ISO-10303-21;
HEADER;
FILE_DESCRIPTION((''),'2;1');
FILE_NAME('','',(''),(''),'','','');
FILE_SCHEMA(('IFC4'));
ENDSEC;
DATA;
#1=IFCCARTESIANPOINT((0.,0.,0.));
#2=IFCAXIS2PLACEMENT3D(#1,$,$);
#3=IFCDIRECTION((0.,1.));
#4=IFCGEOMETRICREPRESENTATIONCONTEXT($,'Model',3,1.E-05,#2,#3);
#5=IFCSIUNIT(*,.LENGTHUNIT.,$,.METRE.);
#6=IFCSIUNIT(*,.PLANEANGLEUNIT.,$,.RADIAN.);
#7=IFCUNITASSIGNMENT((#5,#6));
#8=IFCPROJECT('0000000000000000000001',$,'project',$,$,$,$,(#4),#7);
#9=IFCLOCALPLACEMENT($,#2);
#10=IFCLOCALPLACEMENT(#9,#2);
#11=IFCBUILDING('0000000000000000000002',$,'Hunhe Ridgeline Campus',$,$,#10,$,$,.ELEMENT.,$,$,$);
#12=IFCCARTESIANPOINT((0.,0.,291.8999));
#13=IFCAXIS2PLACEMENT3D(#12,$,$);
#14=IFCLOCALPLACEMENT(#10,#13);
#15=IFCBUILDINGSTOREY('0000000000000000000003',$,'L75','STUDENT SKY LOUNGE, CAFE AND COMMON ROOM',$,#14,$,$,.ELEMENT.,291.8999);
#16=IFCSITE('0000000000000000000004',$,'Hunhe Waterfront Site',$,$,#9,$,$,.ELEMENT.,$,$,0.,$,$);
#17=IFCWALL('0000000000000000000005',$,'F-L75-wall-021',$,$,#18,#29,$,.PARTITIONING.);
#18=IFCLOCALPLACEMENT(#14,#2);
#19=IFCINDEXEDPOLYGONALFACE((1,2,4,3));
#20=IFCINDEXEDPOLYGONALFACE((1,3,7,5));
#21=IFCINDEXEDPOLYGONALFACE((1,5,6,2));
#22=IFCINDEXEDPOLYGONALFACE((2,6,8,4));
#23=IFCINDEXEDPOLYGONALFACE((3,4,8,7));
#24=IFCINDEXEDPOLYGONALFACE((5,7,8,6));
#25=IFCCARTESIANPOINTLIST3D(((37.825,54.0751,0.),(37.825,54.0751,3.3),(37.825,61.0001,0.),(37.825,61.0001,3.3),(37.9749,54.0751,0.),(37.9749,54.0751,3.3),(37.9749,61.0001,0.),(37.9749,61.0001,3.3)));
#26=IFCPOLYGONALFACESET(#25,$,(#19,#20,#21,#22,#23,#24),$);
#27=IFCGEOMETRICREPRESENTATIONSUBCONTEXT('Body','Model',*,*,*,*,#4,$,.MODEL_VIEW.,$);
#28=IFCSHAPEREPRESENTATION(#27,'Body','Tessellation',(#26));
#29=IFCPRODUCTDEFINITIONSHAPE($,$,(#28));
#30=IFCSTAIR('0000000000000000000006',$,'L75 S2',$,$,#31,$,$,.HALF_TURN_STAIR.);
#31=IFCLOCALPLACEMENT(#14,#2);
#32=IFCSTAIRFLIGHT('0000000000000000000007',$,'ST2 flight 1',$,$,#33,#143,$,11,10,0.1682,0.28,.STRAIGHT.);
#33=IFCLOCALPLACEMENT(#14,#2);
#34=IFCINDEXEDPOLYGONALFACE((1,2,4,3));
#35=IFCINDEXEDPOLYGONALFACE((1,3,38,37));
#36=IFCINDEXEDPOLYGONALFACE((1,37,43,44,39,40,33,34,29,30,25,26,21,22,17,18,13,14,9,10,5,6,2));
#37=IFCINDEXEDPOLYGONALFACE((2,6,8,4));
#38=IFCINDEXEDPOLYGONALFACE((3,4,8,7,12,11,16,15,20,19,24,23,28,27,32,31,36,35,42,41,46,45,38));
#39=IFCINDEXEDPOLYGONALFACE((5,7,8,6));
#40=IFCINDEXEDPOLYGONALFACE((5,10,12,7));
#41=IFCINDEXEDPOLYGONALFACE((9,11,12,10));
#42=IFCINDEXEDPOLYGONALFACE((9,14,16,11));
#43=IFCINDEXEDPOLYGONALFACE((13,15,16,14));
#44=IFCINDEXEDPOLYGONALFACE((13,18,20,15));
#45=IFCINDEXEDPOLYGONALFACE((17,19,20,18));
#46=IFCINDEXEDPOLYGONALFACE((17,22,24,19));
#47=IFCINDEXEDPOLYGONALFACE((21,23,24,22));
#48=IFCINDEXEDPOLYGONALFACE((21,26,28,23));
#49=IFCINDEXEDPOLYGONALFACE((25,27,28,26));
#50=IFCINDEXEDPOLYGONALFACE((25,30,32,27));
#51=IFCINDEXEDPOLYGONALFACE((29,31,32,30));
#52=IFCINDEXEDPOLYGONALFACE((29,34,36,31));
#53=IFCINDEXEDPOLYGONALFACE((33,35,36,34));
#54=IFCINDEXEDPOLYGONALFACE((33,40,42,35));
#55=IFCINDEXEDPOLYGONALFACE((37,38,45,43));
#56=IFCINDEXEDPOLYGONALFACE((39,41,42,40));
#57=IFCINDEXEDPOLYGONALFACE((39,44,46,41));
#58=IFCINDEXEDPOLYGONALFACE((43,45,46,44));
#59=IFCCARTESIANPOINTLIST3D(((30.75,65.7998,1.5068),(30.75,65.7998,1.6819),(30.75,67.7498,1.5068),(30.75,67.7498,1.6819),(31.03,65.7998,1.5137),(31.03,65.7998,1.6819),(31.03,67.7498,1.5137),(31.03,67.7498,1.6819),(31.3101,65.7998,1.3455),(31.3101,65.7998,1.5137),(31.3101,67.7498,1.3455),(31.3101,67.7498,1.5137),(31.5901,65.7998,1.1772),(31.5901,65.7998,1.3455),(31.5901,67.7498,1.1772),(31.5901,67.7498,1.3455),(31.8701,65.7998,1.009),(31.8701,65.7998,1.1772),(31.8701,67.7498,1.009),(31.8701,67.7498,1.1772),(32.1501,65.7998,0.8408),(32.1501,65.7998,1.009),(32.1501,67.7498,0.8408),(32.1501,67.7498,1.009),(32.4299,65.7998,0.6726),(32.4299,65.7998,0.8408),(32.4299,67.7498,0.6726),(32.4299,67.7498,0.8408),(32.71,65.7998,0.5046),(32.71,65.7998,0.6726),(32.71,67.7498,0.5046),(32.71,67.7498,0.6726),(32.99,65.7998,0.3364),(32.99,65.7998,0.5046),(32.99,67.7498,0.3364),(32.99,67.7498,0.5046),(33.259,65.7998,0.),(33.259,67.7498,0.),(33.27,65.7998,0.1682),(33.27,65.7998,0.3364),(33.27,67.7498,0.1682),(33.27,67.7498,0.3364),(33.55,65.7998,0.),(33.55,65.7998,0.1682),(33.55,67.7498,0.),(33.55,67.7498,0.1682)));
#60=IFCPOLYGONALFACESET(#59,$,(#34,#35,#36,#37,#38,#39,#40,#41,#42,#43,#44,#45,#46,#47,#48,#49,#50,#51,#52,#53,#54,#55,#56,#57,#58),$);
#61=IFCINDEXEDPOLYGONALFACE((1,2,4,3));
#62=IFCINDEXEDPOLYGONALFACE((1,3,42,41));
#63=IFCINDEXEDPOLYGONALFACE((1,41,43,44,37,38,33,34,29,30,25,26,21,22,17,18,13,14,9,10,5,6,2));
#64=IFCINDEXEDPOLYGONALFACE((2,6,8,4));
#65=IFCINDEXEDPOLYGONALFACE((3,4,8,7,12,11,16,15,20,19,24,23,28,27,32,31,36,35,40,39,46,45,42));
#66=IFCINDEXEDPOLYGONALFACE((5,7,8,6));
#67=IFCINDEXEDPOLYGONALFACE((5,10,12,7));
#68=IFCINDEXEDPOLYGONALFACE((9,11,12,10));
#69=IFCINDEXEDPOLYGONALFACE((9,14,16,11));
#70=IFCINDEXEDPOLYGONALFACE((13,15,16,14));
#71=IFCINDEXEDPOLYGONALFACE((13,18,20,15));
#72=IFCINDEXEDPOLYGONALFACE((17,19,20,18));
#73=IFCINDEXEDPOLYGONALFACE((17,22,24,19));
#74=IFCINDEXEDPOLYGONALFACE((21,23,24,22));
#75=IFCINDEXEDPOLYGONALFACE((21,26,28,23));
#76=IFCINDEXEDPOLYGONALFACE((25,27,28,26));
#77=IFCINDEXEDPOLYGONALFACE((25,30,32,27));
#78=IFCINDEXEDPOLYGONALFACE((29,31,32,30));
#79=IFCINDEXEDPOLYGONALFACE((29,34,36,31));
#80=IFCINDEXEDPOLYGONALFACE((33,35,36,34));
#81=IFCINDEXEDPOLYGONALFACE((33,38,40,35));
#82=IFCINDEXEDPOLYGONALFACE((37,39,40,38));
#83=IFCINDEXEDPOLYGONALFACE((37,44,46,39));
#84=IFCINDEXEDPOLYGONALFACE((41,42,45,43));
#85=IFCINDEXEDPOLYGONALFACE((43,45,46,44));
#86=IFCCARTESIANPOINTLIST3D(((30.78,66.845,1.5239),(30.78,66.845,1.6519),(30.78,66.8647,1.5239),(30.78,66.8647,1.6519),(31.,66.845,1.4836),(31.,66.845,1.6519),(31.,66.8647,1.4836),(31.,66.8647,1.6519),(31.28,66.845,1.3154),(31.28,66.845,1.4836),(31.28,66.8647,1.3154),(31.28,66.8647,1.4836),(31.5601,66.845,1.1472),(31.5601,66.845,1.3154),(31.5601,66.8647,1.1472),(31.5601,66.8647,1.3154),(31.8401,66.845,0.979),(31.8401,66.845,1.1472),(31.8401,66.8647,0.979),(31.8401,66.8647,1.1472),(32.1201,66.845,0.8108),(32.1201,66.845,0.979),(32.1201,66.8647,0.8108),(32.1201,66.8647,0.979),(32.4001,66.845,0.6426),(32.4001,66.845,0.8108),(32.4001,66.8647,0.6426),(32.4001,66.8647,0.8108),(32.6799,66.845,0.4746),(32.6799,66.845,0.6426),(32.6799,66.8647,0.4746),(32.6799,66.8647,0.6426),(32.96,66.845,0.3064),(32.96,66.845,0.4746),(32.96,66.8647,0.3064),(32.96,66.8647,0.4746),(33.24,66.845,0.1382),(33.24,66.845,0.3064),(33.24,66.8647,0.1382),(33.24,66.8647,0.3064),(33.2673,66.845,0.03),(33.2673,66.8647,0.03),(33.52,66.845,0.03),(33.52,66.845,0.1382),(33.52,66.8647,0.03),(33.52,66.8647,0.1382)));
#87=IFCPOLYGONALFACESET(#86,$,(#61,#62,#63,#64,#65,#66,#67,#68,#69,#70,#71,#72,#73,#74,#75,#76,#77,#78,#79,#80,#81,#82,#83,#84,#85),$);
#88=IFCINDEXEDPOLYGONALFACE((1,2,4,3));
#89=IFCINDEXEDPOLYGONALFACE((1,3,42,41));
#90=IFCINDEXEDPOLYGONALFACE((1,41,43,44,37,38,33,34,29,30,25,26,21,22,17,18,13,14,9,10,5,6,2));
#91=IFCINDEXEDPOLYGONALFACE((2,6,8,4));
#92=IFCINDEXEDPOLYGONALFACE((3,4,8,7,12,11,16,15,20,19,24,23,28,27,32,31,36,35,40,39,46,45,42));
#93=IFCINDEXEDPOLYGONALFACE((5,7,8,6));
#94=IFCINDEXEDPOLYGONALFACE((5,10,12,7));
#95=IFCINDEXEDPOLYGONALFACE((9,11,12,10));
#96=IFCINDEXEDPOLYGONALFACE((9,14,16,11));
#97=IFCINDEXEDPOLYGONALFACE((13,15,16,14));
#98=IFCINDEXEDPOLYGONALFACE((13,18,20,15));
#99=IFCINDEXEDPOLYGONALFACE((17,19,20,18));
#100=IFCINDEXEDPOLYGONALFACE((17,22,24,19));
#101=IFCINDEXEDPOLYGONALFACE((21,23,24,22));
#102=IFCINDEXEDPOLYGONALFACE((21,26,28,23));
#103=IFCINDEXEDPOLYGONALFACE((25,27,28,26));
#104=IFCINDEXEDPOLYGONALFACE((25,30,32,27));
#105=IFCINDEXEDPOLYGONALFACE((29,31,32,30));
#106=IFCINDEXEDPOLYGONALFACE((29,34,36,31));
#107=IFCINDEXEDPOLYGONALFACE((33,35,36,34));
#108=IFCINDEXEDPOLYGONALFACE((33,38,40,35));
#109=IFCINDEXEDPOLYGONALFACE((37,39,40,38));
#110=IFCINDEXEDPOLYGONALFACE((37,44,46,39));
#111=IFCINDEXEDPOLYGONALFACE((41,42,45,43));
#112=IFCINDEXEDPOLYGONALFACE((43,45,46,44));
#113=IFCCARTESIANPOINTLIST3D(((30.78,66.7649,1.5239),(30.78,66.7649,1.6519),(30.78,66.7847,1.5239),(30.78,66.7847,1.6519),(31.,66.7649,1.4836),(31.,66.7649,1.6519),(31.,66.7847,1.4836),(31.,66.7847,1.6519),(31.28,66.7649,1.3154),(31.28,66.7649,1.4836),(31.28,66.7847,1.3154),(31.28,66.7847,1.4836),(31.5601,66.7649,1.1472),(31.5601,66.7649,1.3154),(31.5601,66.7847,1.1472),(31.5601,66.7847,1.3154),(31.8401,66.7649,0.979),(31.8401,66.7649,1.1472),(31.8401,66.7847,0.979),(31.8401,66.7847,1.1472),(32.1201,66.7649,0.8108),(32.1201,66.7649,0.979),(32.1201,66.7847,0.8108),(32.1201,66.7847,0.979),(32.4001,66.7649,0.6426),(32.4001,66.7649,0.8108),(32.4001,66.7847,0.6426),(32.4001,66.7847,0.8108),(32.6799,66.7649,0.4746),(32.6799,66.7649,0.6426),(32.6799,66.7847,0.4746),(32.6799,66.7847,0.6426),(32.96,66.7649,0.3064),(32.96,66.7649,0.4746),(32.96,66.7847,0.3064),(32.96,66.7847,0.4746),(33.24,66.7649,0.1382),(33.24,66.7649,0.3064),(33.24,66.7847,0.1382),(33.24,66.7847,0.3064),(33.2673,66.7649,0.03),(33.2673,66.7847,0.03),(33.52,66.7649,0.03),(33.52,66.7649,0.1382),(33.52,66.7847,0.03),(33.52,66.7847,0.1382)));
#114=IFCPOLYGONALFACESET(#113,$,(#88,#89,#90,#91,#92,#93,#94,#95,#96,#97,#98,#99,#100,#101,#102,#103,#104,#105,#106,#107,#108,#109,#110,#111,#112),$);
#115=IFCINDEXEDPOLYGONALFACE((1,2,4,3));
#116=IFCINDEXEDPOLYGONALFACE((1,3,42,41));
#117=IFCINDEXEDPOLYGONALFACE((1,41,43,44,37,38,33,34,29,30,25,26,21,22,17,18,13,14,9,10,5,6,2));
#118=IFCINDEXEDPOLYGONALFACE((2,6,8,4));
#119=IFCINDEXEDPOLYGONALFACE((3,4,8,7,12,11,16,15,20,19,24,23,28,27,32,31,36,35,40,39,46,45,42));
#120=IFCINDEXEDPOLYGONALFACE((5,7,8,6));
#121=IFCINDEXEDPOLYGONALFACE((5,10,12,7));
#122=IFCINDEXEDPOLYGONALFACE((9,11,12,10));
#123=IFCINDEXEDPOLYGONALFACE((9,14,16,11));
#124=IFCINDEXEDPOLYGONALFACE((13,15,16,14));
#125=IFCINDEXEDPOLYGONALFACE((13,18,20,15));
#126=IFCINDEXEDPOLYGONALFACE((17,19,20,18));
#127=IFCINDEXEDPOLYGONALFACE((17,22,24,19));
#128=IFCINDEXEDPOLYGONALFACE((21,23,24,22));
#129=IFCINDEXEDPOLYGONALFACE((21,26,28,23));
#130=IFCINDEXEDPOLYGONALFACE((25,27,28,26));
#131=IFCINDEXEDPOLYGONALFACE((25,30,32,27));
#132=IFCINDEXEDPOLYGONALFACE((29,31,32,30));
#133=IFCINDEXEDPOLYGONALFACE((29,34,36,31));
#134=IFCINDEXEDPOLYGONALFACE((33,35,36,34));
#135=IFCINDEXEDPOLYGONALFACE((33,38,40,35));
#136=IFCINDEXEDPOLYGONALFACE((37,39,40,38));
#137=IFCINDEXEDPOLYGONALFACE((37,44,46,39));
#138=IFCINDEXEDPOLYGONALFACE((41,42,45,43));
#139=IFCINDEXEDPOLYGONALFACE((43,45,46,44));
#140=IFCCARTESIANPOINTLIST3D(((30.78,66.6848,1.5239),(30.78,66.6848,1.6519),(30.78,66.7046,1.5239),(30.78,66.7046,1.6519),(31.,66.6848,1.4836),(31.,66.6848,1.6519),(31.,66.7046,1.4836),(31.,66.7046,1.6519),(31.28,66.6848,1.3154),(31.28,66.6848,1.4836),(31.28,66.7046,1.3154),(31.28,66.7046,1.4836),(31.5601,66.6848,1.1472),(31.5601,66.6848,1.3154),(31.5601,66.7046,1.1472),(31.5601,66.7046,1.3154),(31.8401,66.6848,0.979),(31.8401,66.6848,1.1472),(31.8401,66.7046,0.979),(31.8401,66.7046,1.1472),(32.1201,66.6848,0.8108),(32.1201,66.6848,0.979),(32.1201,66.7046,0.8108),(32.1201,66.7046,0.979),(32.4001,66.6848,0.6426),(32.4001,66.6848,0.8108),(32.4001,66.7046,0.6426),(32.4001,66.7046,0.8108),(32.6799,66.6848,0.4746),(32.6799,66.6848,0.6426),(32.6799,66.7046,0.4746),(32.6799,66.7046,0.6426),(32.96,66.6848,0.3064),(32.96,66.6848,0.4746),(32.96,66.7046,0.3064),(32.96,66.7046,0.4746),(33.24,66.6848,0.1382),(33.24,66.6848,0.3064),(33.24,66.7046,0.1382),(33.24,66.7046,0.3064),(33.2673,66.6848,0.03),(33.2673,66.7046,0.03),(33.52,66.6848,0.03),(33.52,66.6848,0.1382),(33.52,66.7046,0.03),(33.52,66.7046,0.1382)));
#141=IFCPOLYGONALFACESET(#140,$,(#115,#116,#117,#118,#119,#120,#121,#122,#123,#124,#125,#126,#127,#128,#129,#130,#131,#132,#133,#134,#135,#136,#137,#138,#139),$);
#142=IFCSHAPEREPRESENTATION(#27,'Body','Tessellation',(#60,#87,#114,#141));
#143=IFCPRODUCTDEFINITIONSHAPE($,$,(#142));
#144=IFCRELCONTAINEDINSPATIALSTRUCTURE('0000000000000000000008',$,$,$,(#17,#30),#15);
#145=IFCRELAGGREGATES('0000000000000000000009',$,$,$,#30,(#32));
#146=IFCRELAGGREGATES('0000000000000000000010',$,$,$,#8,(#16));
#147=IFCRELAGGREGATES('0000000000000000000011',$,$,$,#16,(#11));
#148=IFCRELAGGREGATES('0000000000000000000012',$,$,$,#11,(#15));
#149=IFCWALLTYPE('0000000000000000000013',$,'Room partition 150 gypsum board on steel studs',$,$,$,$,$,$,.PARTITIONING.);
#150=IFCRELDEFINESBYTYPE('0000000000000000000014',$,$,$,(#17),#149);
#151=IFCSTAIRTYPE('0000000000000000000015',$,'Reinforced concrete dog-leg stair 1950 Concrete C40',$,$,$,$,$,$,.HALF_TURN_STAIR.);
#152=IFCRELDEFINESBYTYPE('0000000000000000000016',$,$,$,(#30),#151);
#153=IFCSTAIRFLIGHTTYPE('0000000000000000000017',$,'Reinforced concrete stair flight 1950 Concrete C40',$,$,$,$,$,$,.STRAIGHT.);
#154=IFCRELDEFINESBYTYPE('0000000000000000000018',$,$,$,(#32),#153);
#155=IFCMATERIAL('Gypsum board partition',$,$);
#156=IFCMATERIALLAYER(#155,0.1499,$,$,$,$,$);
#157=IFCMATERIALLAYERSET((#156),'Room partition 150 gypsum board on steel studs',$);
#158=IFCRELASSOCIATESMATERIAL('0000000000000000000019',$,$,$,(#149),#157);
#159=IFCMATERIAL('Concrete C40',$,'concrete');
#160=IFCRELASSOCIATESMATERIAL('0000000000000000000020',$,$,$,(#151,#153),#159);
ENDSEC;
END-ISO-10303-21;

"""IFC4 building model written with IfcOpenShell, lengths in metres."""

from ifc_helpers import new_model, si_unit, direction, frame, frame_2d, origin, place, context, subcontext, project, spatial, polyline, rectangle, outline, extrude, material, layer, layer_set, type_object, element, aggregate, save


model = new_model("IFC4")

# Units and contexts
model_context = context("Model", 3, precision=1e-05, world=origin(), true_north=direction((0.0, 1.0)))
body_context = subcontext(model_context, "Body", "Model", "MODEL_VIEW")
ifc_project = project(units=[si_unit("LENGTHUNIT", "METRE"), si_unit("PLANEANGLEUNIT", "RADIAN")], contexts=[model_context])

# Site, building, storey
site_placement = place(None, origin())
site = spatial("IfcSite", under=ifc_project, at=site_placement, Name="Hunhe Waterfront Site", CompositionType="ELEMENT", RefElevation=0.0)
building_placement = place(site_placement, origin())
building = spatial("IfcBuilding", under=site, at=building_placement, Name="Hunhe Ridgeline Campus", CompositionType="ELEMENT")
storey_placement = place(building_placement, frame((0.0, 0.0, 291.8999)))
storey = spatial("IfcBuildingStorey", under=building, at=storey_placement, Name="L75", Description="STUDENT SKY LOUNGE, CAFE AND COMMON ROOM", CompositionType="ELEMENT", Elevation=291.8999)

# Shared definitions
ifc_material_1 = material(Name="Gypsum board partition")

# Wall
ifc_layer_1 = layer(ifc_material_1, 0.1499)
ifc_layer_set_1 = layer_set([ifc_layer_1], Name="Room partition 150 gypsum board on steel studs")
wall_type_1 = type_object("IfcWallType", Name="Room partition 150 gypsum board on steel studs", PredefinedType="PARTITIONING", material=ifc_layer_set_1)
wall_1_placement = place(storey_placement, frame((37.8999, 61.0, 0.0), z_axis=(0.0, 0.0, 1.0), x_axis=(0.0, -1.0, 0.0)))
element("IfcWall", 1, at=wall_1_placement, inside=storey, type_object=wall_type_1, Name="F-L75-wall-021", PredefinedType="PARTITIONING", context=body_context, shape_type="SweptSolid", body=[
    extrude(rectangle(XDim=6.925, YDim=0.1499, at=frame_2d((3.4624, 0.0))), origin(), (0.0, 0.0, 1.0), 3.3),
])

# Stair, stair flight
ifc_material_2 = material(Name="Concrete C40", Category="concrete")
stair_type = type_object("IfcStairType", Name="Reinforced concrete dog-leg stair 1950 Concrete C40", PredefinedType="HALF_TURN_STAIR", material=ifc_material_2)
stair_placement = place(storey_placement, origin())
stair = element("IfcStair", 2, at=stair_placement, inside=storey, type_object=stair_type, Name="L75 S2", PredefinedType="HALF_TURN_STAIR")
stair_flight_type = type_object("IfcStairFlightType", Name="Reinforced concrete stair flight 1950 Concrete C40", PredefinedType="STRAIGHT", material=ifc_material_2)
stair_flight_placement = place(storey_placement, frame((33.55, 66.7749, 0.0), z_axis=(0.0, 0.0, 1.0), x_axis=(-1.0, 0.0, 0.0)))
stair_flight = element("IfcStairFlight", 3, at=stair_flight_placement, type_object=stair_flight_type, Name="ST2 flight 1", NumberOfRisers=11, NumberOfTreads=10, PredefinedType="STRAIGHT", RiserHeight=0.1682, TreadLength=0.28, context=body_context, shape_type="SweptSolid", body=[
    extrude(outline(polyline([(0.0, 0.0), (0.0, 0.1682), (0.28, 0.1682), (0.28, 0.3364), (0.5601, 0.3364), (0.5601, 0.5046), (0.8401, 0.5046), (0.8401, 0.6726), (1.1201, 0.6726), (1.1201, 0.8408), (1.3999, 0.8408), (1.3999, 1.009), (1.6799, 1.009), (1.6799, 1.1772), (1.96, 1.1772), (1.96, 1.3455), (2.24, 1.3455), (2.24, 1.5137), (2.52, 1.5137), (2.52, 1.6819), (2.8, 1.6819), (2.8, 1.8501), (2.8, 1.5068), (0.291, 0.0), (0.0, 0.0)])), frame((0.0, 0.9751, 0.0), z_axis=(0.0, -1.0, 0.0), x_axis=(1.0, 0.0, 0.0)), (0.0, 0.0, 1.0), 1.95),
    extrude(outline(polyline([(0.03, 0.03), (0.03, 0.1382), (0.3101, 0.1382), (0.3101, 0.3064), (0.5901, 0.3064), (0.5901, 0.4746), (0.8701, 0.4746), (0.8701, 0.6426), (1.1499, 0.6426), (1.1499, 0.8108), (1.4299, 0.8108), (1.4299, 0.979), (1.71, 0.979), (1.71, 1.1472), (1.99, 1.1472), (1.99, 1.3154), (2.27, 1.3154), (2.27, 1.4836), (2.55, 1.4836), (2.55, 1.6519), (2.77, 1.6519), (2.77, 1.5239), (0.2827, 0.03), (0.03, 0.03)])), frame((0.0, -0.0701, 0.0), z_axis=(0.0, -1.0, 0.0), x_axis=(1.0, 0.0, 0.0)), (0.0, 0.0, 1.0), 0.0198),
    extrude(outline(polyline([(0.03, 0.03), (0.03, 0.1382), (0.3101, 0.1382), (0.3101, 0.3064), (0.5901, 0.3064), (0.5901, 0.4746), (0.8701, 0.4746), (0.8701, 0.6426), (1.1499, 0.6426), (1.1499, 0.8108), (1.4299, 0.8108), (1.4299, 0.979), (1.71, 0.979), (1.71, 1.1472), (1.99, 1.1472), (1.99, 1.3154), (2.27, 1.3154), (2.27, 1.4836), (2.55, 1.4836), (2.55, 1.6519), (2.77, 1.6519), (2.77, 1.5239), (0.2827, 0.03), (0.03, 0.03)])), frame((0.0, 0.01, 0.0), z_axis=(0.0, -1.0, 0.0), x_axis=(1.0, 0.0, 0.0)), (0.0, 0.0, 1.0), 0.0198),
    extrude(outline(polyline([(0.03, 0.03), (0.03, 0.1382), (0.3101, 0.1382), (0.3101, 0.3064), (0.5901, 0.3064), (0.5901, 0.4746), (0.8701, 0.4746), (0.8701, 0.6426), (1.1499, 0.6426), (1.1499, 0.8108), (1.4299, 0.8108), (1.4299, 0.979), (1.71, 0.979), (1.71, 1.1472), (1.99, 1.1472), (1.99, 1.3154), (2.27, 1.3154), (2.27, 1.4836), (2.55, 1.4836), (2.55, 1.6519), (2.77, 1.6519), (2.77, 1.5239), (0.2827, 0.03), (0.03, 0.03)])), frame((0.0, 0.0901, 0.0), z_axis=(0.0, -1.0, 0.0), x_axis=(1.0, 0.0, 0.0)), (0.0, 0.0, 1.0), 0.0198),
])
aggregate(stair, [stair_flight])

save(model, "model.ifc")
